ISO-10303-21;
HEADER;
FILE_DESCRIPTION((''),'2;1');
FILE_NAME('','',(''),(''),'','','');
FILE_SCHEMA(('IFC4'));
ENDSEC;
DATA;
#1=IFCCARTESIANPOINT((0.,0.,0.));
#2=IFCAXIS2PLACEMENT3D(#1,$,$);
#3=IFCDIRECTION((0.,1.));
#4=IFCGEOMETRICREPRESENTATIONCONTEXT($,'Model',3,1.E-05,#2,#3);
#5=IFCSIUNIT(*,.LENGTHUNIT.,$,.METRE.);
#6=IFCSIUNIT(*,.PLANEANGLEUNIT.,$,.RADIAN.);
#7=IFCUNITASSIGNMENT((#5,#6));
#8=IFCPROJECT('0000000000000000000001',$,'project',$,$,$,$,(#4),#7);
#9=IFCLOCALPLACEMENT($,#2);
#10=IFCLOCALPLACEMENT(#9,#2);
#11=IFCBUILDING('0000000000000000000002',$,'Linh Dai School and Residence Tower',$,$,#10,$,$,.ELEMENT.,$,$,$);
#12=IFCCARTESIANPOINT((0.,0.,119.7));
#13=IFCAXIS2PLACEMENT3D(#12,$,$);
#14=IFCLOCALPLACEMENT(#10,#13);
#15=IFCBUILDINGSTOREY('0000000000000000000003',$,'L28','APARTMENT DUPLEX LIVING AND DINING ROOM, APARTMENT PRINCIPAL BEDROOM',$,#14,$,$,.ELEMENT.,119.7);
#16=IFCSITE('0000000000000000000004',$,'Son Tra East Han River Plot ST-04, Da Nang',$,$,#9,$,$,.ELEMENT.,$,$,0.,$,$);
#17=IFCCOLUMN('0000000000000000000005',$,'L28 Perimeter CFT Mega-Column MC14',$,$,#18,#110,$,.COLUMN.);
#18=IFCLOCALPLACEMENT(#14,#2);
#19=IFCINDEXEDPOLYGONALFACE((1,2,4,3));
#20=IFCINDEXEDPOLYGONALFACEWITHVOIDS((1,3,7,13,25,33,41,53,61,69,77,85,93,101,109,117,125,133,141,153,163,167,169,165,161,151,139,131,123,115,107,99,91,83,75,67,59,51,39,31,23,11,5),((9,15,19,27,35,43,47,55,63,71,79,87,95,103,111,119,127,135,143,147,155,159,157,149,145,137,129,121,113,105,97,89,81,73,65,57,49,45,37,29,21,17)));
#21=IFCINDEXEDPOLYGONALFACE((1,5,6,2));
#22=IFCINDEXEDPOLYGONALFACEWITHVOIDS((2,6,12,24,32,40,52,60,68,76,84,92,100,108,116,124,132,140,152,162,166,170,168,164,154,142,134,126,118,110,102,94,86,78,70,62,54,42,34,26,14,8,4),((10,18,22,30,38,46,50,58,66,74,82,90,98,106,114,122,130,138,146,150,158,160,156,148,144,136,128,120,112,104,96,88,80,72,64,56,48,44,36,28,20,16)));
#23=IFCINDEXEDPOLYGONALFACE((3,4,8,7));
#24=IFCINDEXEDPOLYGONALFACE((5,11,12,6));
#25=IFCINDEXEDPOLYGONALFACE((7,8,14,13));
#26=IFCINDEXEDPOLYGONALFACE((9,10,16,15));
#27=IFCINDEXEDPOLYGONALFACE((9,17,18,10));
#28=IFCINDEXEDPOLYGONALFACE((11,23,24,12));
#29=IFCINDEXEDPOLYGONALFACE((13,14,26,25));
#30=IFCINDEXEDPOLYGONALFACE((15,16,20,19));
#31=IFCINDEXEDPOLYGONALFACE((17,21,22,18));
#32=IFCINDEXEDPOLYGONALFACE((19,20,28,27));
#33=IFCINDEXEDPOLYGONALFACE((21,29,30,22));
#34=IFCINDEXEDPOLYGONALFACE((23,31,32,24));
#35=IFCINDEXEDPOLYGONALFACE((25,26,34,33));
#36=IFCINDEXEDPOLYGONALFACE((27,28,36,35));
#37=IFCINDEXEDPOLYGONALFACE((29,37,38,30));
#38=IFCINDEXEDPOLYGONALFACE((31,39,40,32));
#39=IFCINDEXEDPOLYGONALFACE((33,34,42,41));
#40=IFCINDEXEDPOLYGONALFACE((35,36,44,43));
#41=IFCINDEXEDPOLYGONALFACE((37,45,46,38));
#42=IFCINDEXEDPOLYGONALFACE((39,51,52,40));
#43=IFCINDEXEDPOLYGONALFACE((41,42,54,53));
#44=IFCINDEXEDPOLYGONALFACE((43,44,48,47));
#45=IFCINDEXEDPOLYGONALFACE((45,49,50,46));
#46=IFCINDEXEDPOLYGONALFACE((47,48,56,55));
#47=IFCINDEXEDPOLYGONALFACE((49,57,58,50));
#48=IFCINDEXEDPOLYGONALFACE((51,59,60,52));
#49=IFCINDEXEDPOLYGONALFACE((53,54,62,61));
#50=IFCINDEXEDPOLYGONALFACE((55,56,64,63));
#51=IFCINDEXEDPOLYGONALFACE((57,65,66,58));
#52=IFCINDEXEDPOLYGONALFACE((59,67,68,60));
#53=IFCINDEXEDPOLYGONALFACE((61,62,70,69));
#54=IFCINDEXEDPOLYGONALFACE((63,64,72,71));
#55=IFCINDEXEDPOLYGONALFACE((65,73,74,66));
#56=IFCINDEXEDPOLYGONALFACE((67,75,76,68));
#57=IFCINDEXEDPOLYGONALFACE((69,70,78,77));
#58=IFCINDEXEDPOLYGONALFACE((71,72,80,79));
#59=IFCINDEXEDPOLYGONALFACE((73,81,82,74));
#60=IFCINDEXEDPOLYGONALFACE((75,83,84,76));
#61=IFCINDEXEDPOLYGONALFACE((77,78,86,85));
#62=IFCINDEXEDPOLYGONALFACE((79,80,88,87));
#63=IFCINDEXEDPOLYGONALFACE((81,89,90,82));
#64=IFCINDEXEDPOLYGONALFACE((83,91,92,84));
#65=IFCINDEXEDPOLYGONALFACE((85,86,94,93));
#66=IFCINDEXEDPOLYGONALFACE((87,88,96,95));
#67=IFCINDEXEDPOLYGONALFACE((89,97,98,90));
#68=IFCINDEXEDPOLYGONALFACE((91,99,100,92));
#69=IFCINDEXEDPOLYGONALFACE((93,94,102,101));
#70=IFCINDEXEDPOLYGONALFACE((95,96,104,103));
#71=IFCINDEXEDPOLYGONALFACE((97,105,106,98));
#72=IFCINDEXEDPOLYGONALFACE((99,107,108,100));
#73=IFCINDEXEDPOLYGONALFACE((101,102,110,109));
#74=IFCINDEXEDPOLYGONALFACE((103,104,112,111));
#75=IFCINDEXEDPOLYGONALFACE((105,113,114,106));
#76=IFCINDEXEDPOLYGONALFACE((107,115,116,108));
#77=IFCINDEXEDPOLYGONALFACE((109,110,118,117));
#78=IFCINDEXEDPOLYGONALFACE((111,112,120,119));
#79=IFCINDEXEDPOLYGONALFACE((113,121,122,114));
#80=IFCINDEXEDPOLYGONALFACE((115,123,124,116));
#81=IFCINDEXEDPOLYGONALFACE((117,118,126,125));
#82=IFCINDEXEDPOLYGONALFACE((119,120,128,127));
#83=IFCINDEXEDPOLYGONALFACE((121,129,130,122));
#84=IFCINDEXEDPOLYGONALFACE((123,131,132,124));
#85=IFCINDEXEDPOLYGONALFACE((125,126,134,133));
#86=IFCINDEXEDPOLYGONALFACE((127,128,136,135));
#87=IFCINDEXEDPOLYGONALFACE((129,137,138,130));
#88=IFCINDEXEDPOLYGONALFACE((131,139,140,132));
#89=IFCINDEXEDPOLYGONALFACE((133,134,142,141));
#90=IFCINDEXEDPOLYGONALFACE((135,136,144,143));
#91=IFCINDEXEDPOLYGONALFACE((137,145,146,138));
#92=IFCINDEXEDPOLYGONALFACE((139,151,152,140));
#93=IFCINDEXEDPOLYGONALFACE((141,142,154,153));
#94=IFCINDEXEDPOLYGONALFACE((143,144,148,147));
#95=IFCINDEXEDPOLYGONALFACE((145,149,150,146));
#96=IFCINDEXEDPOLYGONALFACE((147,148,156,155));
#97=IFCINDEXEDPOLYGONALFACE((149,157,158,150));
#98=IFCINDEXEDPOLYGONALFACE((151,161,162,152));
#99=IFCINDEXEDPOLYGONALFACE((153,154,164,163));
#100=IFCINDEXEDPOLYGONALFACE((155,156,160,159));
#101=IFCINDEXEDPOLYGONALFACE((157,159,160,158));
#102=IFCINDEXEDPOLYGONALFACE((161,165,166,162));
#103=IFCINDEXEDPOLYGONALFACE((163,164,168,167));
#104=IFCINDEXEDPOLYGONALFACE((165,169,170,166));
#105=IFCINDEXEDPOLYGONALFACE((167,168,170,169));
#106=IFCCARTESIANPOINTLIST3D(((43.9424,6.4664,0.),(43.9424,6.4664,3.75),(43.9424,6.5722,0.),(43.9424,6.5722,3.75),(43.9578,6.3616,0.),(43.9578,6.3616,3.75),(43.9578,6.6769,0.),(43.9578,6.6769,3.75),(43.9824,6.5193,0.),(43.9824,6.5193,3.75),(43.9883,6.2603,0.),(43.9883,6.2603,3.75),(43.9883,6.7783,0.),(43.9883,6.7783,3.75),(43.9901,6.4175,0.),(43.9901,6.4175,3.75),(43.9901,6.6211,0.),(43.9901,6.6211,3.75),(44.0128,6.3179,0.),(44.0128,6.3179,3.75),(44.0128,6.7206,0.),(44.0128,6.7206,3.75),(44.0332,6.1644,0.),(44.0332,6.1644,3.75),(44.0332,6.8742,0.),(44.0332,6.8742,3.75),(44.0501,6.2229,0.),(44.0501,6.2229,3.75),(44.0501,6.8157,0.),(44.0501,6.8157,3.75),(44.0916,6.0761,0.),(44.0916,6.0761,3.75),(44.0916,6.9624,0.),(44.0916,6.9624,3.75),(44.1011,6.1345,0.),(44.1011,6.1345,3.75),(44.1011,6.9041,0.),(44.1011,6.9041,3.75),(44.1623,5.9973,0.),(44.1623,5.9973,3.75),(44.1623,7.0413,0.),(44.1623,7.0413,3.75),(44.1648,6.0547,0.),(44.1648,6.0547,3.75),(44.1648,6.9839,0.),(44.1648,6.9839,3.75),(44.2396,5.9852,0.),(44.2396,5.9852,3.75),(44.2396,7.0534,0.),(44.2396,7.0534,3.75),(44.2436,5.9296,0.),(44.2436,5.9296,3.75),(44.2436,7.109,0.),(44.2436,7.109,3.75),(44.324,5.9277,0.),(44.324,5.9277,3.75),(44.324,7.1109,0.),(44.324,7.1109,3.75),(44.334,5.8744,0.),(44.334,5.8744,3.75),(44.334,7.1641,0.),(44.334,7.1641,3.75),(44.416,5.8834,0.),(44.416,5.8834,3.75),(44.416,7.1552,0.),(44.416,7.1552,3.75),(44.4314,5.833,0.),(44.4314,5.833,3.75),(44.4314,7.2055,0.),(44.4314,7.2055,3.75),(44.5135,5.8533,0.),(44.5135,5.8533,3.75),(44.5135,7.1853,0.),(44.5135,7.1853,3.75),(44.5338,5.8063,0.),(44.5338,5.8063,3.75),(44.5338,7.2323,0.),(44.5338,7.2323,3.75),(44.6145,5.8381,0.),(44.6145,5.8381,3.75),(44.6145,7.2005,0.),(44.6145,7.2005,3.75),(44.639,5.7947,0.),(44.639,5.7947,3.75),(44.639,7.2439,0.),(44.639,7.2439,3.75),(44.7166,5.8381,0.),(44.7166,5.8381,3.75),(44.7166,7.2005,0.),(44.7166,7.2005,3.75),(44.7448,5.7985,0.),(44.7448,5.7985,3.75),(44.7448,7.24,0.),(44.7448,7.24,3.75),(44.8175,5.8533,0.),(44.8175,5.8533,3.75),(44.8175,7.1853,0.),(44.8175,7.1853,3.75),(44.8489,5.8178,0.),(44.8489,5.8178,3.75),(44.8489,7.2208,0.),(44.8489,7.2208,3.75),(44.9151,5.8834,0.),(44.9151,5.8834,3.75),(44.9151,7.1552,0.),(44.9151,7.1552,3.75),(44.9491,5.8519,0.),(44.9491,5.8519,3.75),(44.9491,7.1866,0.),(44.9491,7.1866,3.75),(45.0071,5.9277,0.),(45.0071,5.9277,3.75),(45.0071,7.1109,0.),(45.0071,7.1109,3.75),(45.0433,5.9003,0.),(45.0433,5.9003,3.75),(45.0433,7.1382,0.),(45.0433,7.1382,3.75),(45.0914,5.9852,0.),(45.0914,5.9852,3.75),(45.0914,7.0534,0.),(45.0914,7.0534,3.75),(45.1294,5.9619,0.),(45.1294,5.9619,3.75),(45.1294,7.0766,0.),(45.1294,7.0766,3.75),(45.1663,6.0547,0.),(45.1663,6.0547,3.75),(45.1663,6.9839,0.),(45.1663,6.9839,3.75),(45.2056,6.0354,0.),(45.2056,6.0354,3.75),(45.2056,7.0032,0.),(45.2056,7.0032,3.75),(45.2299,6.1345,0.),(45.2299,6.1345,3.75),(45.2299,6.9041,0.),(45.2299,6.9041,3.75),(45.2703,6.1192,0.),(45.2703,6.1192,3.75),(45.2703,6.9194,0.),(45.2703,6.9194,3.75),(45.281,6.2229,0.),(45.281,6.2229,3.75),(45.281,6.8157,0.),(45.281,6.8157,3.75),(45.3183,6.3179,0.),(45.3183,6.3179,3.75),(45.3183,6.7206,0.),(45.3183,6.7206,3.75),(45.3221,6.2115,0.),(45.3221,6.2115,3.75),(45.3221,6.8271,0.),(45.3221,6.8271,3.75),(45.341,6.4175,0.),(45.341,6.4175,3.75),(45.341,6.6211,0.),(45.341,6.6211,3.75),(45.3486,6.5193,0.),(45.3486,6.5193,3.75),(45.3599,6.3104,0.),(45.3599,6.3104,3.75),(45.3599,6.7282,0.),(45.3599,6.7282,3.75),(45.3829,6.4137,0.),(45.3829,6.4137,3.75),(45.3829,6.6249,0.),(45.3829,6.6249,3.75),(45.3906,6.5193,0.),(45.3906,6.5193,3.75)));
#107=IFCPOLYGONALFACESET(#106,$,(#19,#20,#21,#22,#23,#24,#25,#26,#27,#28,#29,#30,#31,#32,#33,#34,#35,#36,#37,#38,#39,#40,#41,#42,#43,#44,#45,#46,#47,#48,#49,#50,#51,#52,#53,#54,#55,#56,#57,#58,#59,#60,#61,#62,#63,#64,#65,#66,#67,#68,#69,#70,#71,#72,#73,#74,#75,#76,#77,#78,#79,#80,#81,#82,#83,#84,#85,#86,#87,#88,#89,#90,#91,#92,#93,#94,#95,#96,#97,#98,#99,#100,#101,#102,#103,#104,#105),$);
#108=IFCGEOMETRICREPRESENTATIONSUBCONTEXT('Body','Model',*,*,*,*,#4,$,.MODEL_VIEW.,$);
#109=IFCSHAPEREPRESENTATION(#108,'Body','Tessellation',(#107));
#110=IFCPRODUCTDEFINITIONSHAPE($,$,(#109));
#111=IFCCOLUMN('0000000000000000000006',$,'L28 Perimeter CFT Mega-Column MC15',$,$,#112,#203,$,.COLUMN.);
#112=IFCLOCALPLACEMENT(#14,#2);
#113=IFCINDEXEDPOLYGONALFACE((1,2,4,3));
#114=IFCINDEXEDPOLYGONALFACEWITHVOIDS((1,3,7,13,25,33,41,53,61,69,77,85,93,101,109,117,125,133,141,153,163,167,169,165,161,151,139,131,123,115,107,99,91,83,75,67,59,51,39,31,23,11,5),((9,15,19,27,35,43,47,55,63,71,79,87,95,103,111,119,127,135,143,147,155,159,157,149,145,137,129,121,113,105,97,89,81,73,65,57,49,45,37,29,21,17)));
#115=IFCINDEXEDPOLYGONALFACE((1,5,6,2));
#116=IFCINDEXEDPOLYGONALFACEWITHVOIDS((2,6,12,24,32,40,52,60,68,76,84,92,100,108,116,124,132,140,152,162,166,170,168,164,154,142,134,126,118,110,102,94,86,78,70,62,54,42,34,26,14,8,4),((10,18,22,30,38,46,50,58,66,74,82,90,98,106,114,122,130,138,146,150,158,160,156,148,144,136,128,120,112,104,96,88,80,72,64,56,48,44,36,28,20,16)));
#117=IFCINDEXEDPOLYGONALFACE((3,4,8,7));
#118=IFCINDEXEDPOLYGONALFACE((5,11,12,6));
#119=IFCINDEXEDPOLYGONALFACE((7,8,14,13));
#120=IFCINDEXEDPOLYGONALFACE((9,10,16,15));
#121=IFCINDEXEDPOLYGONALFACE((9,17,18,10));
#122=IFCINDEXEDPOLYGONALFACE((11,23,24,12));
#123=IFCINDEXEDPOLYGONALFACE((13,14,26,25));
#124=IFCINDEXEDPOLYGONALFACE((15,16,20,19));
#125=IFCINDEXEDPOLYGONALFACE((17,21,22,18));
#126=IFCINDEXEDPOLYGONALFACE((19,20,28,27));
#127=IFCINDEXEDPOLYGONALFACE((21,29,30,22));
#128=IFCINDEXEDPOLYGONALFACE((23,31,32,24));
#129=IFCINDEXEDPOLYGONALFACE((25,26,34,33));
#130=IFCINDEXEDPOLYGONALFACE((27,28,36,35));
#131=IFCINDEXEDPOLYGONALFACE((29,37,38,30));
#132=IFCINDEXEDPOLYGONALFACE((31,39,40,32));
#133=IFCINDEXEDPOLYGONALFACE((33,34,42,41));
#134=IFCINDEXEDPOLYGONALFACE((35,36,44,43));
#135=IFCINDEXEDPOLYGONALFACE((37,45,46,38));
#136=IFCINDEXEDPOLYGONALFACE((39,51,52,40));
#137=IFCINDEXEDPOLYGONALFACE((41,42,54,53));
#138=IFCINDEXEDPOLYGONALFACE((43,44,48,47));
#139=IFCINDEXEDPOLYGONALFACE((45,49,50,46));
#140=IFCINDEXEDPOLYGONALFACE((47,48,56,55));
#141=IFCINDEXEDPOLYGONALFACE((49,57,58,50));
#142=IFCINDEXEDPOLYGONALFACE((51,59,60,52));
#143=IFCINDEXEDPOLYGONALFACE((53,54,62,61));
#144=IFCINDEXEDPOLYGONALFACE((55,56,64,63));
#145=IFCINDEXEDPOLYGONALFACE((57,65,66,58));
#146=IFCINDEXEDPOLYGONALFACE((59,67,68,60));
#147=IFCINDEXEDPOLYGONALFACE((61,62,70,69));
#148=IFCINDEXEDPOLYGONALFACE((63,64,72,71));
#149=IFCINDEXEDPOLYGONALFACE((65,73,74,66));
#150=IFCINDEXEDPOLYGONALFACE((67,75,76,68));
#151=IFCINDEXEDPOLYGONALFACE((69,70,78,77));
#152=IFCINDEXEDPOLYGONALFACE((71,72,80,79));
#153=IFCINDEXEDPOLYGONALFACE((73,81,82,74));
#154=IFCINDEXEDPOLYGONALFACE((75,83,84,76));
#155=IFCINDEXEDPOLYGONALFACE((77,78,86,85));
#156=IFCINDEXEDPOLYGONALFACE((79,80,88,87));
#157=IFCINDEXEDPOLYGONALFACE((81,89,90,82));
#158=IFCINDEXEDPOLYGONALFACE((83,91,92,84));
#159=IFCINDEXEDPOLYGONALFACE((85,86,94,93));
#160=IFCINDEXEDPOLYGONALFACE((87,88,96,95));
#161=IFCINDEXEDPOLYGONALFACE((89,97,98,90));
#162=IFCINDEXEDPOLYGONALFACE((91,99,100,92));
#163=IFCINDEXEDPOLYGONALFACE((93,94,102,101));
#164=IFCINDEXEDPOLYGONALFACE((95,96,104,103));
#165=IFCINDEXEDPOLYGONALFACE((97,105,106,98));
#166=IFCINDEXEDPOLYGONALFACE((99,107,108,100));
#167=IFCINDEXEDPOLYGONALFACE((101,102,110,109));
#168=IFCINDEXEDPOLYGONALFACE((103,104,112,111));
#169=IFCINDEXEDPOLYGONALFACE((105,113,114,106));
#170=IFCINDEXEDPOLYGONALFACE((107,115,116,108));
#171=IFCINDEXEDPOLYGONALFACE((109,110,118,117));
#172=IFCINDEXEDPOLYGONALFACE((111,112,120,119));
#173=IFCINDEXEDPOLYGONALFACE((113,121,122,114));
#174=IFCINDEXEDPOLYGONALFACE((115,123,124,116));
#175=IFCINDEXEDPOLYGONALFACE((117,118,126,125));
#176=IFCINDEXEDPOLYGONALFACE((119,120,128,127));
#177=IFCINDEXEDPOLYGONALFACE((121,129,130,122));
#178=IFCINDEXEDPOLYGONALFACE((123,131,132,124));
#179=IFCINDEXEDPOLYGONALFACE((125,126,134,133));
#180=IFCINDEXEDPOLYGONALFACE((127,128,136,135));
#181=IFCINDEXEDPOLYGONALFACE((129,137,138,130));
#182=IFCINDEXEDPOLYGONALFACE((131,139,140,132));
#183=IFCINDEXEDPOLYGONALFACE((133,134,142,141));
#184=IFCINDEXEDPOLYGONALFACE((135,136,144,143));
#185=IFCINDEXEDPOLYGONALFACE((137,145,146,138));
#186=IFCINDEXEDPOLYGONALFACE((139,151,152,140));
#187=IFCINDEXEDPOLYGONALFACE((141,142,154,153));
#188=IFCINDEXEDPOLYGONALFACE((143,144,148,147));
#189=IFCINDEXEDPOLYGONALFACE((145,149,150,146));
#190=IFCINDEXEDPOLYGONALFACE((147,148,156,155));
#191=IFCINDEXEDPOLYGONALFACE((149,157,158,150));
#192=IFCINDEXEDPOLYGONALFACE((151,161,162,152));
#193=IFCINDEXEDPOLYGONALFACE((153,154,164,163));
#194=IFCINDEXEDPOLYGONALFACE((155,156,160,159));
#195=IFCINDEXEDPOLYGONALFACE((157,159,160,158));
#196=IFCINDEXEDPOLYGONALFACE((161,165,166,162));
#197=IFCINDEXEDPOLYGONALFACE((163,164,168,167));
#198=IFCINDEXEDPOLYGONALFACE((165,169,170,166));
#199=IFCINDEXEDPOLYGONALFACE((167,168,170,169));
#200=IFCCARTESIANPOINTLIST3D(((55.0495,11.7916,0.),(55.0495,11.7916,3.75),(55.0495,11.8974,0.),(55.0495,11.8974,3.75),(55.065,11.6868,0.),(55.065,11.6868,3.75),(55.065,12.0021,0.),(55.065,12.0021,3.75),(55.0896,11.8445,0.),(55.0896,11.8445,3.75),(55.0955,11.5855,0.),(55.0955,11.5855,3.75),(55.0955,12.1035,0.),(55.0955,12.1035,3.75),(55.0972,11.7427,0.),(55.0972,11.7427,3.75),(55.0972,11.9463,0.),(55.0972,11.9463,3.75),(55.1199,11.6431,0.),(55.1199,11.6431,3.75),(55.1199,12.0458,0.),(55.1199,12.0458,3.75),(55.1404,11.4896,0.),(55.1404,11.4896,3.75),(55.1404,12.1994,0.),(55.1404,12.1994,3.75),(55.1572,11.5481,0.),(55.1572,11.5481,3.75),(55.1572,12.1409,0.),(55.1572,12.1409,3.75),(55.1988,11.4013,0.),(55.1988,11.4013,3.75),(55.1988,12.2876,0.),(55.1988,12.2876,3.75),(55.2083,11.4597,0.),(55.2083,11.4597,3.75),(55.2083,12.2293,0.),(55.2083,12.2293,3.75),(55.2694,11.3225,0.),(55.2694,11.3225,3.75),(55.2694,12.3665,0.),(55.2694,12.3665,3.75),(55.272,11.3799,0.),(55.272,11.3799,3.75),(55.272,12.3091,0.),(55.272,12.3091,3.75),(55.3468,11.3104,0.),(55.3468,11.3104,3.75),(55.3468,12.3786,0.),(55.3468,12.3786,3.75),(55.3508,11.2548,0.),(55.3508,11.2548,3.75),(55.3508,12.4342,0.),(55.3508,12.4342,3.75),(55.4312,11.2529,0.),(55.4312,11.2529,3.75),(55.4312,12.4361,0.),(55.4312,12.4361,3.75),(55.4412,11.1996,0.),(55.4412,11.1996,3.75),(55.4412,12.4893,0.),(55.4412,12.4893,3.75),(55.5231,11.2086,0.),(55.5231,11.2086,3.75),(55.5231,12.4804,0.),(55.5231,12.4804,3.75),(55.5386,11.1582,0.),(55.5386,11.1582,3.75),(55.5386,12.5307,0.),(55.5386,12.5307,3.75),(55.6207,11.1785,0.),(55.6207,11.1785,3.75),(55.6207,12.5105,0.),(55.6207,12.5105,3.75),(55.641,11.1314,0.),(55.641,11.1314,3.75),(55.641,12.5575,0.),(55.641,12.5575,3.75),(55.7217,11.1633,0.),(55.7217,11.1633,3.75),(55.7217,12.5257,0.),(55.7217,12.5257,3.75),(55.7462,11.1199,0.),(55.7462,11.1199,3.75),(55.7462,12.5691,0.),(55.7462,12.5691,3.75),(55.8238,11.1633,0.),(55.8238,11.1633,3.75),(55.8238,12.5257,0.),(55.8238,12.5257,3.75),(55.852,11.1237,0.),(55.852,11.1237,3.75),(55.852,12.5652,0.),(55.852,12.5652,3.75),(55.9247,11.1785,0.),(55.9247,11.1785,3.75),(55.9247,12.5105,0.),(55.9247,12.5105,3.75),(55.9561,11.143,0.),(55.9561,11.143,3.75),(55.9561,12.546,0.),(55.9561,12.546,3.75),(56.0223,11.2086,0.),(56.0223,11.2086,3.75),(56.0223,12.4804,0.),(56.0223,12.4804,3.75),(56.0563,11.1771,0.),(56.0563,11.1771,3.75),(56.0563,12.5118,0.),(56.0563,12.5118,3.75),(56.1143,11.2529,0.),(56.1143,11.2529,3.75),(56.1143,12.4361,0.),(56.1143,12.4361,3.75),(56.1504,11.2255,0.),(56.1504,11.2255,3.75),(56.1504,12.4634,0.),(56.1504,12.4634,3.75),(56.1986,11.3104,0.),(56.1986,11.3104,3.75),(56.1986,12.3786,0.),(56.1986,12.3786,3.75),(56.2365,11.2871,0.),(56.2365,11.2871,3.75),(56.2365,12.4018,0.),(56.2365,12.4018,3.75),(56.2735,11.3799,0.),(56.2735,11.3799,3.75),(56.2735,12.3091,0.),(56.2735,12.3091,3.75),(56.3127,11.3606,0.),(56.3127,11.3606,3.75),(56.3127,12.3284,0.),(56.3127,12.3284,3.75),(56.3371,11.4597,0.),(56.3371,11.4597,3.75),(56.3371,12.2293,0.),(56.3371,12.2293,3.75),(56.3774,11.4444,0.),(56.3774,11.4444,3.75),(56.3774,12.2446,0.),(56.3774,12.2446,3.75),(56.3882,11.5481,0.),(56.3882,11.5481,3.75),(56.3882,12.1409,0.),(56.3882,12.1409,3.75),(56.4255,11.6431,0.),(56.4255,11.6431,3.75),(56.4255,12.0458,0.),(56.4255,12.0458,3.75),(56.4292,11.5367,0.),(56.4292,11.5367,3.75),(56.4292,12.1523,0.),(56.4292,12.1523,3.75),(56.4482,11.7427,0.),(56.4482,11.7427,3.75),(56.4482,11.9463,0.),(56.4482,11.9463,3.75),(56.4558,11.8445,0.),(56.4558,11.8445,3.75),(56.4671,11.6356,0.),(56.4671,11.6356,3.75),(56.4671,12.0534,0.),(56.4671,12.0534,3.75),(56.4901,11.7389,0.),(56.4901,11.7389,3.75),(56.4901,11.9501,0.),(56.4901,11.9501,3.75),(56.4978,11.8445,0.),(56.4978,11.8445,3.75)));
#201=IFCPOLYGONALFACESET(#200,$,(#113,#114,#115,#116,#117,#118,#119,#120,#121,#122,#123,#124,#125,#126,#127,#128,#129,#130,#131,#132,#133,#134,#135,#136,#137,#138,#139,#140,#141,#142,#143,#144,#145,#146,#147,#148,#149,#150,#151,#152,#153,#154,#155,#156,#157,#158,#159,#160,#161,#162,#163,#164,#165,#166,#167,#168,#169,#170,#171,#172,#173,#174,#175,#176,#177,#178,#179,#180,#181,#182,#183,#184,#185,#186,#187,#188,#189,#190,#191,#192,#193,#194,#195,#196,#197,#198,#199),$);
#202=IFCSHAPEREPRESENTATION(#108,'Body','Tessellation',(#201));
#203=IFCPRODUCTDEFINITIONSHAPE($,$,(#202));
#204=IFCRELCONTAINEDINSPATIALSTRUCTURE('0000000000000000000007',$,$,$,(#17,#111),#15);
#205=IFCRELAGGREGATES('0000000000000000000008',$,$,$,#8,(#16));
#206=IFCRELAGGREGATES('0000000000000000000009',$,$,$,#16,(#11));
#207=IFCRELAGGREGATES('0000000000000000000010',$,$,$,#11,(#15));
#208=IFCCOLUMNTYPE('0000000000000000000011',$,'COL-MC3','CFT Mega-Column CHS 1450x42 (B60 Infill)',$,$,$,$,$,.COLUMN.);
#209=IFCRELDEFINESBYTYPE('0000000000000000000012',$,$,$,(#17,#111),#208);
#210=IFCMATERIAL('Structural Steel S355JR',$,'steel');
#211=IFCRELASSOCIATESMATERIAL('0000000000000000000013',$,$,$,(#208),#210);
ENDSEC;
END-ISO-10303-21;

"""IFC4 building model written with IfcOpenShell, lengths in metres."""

from ifc_helpers import new_model, si_unit, direction, frame, origin, origin_2d, place, context, subcontext, project, spatial, hollow_circle, extrude, material, material_profile, profile_set, type_object, element, save


model = new_model("IFC4")

# Units and contexts
model_context = context("Model", 3, precision=1e-05, world=origin(), true_north=direction((0.0, 1.0)))
body_context = subcontext(model_context, "Body", "Model", "MODEL_VIEW")
ifc_project = project(units=[si_unit("LENGTHUNIT", "METRE"), si_unit("PLANEANGLEUNIT", "RADIAN")], contexts=[model_context])

# Site, building, storey
site_placement = place(None, origin())
site = spatial("IfcSite", under=ifc_project, at=site_placement, Name="Son Tra East Han River Plot ST-04, Da Nang", CompositionType="ELEMENT", RefElevation=0.0)
building_placement = place(site_placement, origin())
building = spatial("IfcBuilding", under=site, at=building_placement, Name="Linh Dai School and Residence Tower", CompositionType="ELEMENT")
storey_placement = place(building_placement, frame((0.0, 0.0, 119.7)))
storey = spatial("IfcBuildingStorey", under=building, at=storey_placement, Name="L28", Description="APARTMENT DUPLEX LIVING AND DINING ROOM, APARTMENT PRINCIPAL BEDROOM", CompositionType="ELEMENT", Elevation=119.7)

# Columns
ifc_material_1 = material(Name="Structural Steel S355JR", Category="steel")
ifc_material_profile_1 = material_profile(ifc_material_1, hollow_circle(Radius=0.7251, WallThickness=0.042, at=origin_2d()), Name="CHS 1450x42")
ifc_profile_set_1 = profile_set([ifc_material_profile_1], Name="Structural Steel S355JR")
column_type = type_object("IfcColumnType", Name="COL-MC3", Description="CFT Mega-Column CHS 1450x42 (B60 Infill)", PredefinedType="COLUMN", material=ifc_profile_set_1)
for number, where, z_axis, x_axis, name in (
    (1, (44.6655, 6.5193, 0.0), (0.0, 0.0, 1.0), (1.0, 0.0, 0.0), "L28 Perimeter CFT Mega-Column MC14"),
    (2, (55.7727, 11.8445, 0.0), (0.0, 0.0, 1.0), (1.0, 0.0, 0.0), "L28 Perimeter CFT Mega-Column MC15"),
):
    element("IfcColumn", number, at=place(storey_placement, frame(where, z_axis=z_axis, x_axis=x_axis)), inside=storey, type_object=column_type, Name=name, PredefinedType="COLUMN", context=body_context, shape_type="SweptSolid", body=[
        extrude(hollow_circle(Radius=0.7251, WallThickness=0.042, at=origin_2d()), origin(), (0.0, 0.0, 1.0), 3.75),
    ])

save(model, "model.ifc")
